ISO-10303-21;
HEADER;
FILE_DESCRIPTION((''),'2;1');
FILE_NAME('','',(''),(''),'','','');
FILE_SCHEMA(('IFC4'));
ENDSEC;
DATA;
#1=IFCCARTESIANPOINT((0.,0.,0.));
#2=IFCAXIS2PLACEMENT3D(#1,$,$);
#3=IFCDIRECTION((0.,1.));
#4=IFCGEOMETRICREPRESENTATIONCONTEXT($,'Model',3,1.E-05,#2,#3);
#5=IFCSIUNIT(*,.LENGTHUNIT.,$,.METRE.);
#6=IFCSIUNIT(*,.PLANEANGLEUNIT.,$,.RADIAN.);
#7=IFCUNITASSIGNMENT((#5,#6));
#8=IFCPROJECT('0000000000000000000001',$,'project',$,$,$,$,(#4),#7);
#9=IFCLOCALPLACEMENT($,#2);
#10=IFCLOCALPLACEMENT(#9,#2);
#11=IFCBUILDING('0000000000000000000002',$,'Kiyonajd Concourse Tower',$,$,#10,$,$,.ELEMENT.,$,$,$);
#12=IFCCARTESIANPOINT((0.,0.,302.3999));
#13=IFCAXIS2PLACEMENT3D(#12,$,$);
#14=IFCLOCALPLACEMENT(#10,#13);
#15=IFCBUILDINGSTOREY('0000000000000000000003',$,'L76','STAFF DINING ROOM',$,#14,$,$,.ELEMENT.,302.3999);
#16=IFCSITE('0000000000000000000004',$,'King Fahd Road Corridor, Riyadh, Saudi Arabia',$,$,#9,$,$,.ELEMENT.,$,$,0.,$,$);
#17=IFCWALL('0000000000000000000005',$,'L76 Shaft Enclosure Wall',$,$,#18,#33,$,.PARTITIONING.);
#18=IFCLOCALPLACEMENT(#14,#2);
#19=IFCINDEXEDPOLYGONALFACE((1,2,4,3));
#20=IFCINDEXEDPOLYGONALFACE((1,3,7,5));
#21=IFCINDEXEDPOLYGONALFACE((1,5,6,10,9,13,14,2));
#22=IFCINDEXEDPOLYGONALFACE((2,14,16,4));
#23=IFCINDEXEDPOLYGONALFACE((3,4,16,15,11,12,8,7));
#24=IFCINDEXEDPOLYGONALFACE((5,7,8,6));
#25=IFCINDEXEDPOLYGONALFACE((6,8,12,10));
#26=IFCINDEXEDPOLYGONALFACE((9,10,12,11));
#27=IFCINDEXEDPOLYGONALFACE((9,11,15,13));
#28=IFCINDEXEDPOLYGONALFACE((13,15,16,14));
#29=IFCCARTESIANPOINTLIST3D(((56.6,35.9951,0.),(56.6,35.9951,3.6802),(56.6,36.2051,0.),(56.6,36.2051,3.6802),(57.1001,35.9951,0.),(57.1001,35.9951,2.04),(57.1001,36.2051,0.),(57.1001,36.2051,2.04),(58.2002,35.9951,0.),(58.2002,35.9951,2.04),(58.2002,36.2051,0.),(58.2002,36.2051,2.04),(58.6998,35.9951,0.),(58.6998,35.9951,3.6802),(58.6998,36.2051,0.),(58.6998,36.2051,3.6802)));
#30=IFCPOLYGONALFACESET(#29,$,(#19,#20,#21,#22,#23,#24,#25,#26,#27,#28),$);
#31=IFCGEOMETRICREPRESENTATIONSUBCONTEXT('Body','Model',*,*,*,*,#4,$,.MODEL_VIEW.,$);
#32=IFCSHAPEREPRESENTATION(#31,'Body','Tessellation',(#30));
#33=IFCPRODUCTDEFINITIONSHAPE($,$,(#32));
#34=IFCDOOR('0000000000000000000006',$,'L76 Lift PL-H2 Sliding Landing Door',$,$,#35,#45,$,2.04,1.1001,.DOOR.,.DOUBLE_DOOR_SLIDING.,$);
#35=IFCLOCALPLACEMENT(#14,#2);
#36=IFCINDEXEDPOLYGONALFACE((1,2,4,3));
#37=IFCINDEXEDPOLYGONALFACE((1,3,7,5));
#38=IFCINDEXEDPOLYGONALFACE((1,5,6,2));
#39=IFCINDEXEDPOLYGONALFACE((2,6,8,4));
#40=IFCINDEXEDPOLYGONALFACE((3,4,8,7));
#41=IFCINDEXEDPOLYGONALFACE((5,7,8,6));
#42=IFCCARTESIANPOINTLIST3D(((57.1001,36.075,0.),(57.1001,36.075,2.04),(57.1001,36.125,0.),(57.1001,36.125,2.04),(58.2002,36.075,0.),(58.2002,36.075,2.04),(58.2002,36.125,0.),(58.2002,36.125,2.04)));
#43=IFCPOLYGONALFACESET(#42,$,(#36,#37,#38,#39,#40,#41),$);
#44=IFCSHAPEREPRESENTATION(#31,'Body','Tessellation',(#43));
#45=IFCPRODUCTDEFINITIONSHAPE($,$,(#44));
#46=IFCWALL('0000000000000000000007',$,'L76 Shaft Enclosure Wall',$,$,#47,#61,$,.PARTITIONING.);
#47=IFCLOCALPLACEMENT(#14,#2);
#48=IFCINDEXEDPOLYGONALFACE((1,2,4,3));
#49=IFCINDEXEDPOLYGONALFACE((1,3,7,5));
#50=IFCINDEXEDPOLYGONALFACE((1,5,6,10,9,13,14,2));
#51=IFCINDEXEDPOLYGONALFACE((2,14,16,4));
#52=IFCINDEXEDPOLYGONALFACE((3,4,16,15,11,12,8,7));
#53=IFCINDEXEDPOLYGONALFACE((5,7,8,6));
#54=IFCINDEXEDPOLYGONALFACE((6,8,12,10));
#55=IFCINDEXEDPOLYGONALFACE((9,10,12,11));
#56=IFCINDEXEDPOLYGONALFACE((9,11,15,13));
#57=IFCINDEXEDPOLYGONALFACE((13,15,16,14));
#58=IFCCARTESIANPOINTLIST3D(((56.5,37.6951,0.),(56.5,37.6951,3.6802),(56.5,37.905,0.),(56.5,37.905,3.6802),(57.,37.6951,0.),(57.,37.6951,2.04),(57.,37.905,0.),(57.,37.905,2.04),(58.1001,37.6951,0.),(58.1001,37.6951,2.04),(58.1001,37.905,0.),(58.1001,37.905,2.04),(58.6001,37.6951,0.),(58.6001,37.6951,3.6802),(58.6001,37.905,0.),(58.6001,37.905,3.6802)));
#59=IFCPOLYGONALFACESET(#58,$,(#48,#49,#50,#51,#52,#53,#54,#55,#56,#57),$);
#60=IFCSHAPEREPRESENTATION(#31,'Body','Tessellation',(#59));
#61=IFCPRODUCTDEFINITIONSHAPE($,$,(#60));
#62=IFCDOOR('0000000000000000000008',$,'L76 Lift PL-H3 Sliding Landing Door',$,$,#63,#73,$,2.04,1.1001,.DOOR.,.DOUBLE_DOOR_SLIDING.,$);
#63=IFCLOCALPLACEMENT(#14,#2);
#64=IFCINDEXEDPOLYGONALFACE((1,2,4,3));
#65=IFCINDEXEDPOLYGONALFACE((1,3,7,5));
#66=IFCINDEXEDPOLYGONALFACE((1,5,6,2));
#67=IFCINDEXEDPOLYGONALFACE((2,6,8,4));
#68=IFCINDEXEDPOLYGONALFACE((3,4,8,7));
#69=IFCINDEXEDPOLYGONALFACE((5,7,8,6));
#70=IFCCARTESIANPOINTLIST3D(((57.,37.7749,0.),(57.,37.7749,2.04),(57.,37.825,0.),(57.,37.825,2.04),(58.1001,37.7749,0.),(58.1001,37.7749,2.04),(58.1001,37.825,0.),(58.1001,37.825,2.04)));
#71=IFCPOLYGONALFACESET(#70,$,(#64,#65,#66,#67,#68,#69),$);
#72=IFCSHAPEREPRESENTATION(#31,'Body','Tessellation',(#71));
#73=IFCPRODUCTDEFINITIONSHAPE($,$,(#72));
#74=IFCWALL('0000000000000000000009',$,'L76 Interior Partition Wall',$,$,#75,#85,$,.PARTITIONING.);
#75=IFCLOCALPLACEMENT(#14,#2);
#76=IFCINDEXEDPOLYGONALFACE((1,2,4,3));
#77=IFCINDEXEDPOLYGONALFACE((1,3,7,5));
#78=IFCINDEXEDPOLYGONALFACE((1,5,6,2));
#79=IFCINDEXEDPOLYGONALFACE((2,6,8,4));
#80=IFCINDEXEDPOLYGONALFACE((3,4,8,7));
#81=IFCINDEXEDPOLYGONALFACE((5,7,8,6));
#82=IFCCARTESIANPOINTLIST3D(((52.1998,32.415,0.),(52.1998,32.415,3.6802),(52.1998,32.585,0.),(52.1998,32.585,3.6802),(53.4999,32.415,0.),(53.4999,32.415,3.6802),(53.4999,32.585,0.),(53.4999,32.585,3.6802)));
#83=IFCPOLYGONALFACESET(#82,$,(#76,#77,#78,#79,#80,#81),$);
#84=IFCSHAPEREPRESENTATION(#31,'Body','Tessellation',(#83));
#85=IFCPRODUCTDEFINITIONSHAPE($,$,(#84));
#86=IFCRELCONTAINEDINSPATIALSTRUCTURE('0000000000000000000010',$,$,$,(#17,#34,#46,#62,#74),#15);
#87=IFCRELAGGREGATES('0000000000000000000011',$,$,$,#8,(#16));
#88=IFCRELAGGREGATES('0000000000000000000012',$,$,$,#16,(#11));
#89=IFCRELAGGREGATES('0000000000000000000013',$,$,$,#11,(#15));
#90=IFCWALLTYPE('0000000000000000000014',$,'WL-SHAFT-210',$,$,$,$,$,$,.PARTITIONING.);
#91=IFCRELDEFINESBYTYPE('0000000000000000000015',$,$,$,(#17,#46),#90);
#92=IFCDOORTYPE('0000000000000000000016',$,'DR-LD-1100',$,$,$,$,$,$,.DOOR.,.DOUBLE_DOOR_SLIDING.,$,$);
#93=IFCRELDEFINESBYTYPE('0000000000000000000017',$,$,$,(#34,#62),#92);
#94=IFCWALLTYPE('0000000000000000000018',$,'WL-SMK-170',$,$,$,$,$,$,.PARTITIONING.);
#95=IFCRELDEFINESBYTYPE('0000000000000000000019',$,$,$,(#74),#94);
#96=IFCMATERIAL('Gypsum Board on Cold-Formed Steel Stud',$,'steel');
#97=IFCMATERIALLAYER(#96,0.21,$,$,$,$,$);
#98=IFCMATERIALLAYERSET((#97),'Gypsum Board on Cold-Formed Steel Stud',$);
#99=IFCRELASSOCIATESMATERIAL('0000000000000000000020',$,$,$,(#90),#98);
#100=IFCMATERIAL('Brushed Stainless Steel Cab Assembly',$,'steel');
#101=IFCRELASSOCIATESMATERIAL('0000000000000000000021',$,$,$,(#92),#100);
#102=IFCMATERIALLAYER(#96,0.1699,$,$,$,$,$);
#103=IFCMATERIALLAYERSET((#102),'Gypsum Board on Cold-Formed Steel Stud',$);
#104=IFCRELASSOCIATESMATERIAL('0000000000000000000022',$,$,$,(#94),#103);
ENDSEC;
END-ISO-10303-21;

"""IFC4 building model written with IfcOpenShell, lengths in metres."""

from ifc_helpers import new_model, si_unit, direction, frame, frame_2d, origin, place, context, subcontext, project, spatial, rectangle, extrude, material, layer, layer_set, type_object, element, fill, save


model = new_model("IFC4")

# Units and contexts
model_context = context("Model", 3, precision=1e-05, world=origin(), true_north=direction((0.0, 1.0)))
body_context = subcontext(model_context, "Body", "Model", "MODEL_VIEW")
ifc_project = project(units=[si_unit("LENGTHUNIT", "METRE"), si_unit("PLANEANGLEUNIT", "RADIAN")], contexts=[model_context])

# Site, building, storey
site_placement = place(None, origin())
site = spatial("IfcSite", under=ifc_project, at=site_placement, Name="King Fahd Road Corridor, Riyadh, Saudi Arabia", CompositionType="ELEMENT", RefElevation=0.0)
building_placement = place(site_placement, origin())
building = spatial("IfcBuilding", under=site, at=building_placement, Name="Kiyonajd Concourse Tower", CompositionType="ELEMENT")
storey_placement = place(building_placement, frame((0.0, 0.0, 302.3999)))
storey = spatial("IfcBuildingStorey", under=building, at=storey_placement, Name="L76", Description="STAFF DINING ROOM", CompositionType="ELEMENT", Elevation=302.3999)

# Shared definitions
ifc_material_1 = material(Name="Gypsum Board on Cold-Formed Steel Stud", Category="steel")
ifc_layer_1 = layer(ifc_material_1, 0.21)
ifc_layer_set_1 = layer_set([ifc_layer_1], Name="Gypsum Board on Cold-Formed Steel Stud")
wall_type_1 = type_object("IfcWallType", Name="WL-SHAFT-210", PredefinedType="PARTITIONING", material=ifc_layer_set_1)
ifc_material_2 = material(Name="Brushed Stainless Steel Cab Assembly", Category="steel")

# Shared definitions
door_type_1 = type_object("IfcDoorType", Name="DR-LD-1100", OperationType="DOUBLE_DOOR_SLIDING", PredefinedType="DOOR", material=ifc_material_2)

# Walls, openings, doors
wall_1_placement = place(storey_placement, frame((56.6001, 36.1001, 0.0), z_axis=(0.0, 0.0, 1.0), x_axis=(1.0, 0.0, 0.0)))
wall_1 = element("IfcWall", 1, at=wall_1_placement, inside=storey, type_object=wall_type_1, Name="L76 Shaft Enclosure Wall", PredefinedType="PARTITIONING", context=body_context, shape_type="SweptSolid", body=[
    extrude(rectangle(XDim=2.0999, YDim=0.21, at=frame_2d((1.0498, 0.0))), origin(), (0.0, 0.0, 1.0), 3.6802),
])
opening_1_placement = place(wall_1_placement, frame((0.5, 0.0, 0.0)))
opening_1 = element("IfcOpeningElement", 2, at=opening_1_placement, cuts=wall_1, PredefinedType="OPENING", context=body_context, shape_type="SweptSolid", body=[
    extrude(rectangle(XDim=1.1001, YDim=2.04, at=frame_2d((0.55, 1.02))), frame((0.0, 0.115, 0.0), z_axis=(0.0, -1.0, 0.0), x_axis=(1.0, 0.0, 0.0)), (0.0, 0.0, 1.0), 0.23),
])
door_1_placement = place(opening_1_placement, origin())
door_1 = element("IfcDoor", 3, at=door_1_placement, inside=storey, type_object=door_type_1, Name="L76 Lift PL-H2 Sliding Landing Door", OperationType="DOUBLE_DOOR_SLIDING", OverallHeight=2.04, OverallWidth=1.1001, PredefinedType="DOOR", context=body_context, shape_type="SweptSolid", body=[
    extrude(rectangle(XDim=1.1001, YDim=2.04, at=frame_2d((0.55, 1.02))), frame((0.0, 0.0249, 0.0), z_axis=(0.0, -1.0, 0.0), x_axis=(1.0, 0.0, 0.0)), (0.0, 0.0, 1.0), 0.05),
])
fill(opening_1, door_1)
wall_2_placement = place(storey_placement, frame((56.5, 37.8, 0.0), z_axis=(0.0, 0.0, 1.0), x_axis=(1.0, 0.0, 0.0)))
wall_2 = element("IfcWall", 4, at=wall_2_placement, inside=storey, type_object=wall_type_1, Name="L76 Shaft Enclosure Wall", PredefinedType="PARTITIONING", context=body_context, shape_type="SweptSolid", body=[
    extrude(rectangle(XDim=2.1001, YDim=0.21, at=frame_2d((1.05, 0.0))), origin(), (0.0, 0.0, 1.0), 3.6802),
])
opening_2_placement = place(wall_2_placement, frame((0.5, 0.0, 0.0)))
opening_2 = element("IfcOpeningElement", 5, at=opening_2_placement, cuts=wall_2, PredefinedType="OPENING", context=body_context, shape_type="SweptSolid", body=[
    extrude(rectangle(XDim=1.1001, YDim=2.04, at=frame_2d((0.55, 1.02))), frame((0.0, 0.115, 0.0), z_axis=(0.0, -1.0, 0.0), x_axis=(1.0, 0.0, 0.0)), (0.0, 0.0, 1.0), 0.23),
])
door_2_placement = place(opening_2_placement, origin())
door_2 = element("IfcDoor", 6, at=door_2_placement, inside=storey, type_object=door_type_1, Name="L76 Lift PL-H3 Sliding Landing Door", OperationType="DOUBLE_DOOR_SLIDING", OverallHeight=2.04, OverallWidth=1.1001, PredefinedType="DOOR", context=body_context, shape_type="SweptSolid", body=[
    extrude(rectangle(XDim=1.1001, YDim=2.04, at=frame_2d((0.55, 1.02))), frame((0.0, 0.0249, 0.0), z_axis=(0.0, -1.0, 0.0), x_axis=(1.0, 0.0, 0.0)), (0.0, 0.0, 1.0), 0.05),
])
fill(opening_2, door_2)

# Wall
ifc_layer_2 = layer(ifc_material_1, 0.1699)
ifc_layer_set_2 = layer_set([ifc_layer_2], Name="Gypsum Board on Cold-Formed Steel Stud")
wall_type_2 = type_object("IfcWallType", Name="WL-SMK-170", PredefinedType="PARTITIONING", material=ifc_layer_set_2)
wall_3_placement = place(storey_placement, frame((52.2, 32.5, 0.0), z_axis=(0.0, 0.0, 1.0), x_axis=(1.0, 0.0, 0.0)))
element("IfcWall", 7, at=wall_3_placement, inside=storey, type_object=wall_type_2, Name="L76 Interior Partition Wall", PredefinedType="PARTITIONING", context=body_context, shape_type="SweptSolid", body=[
    extrude(rectangle(XDim=1.3, YDim=0.1699, at=frame_2d((0.6499, 0.0))), origin(), (0.0, 0.0, 1.0), 3.6802),
])

save(model, "model.ifc")
